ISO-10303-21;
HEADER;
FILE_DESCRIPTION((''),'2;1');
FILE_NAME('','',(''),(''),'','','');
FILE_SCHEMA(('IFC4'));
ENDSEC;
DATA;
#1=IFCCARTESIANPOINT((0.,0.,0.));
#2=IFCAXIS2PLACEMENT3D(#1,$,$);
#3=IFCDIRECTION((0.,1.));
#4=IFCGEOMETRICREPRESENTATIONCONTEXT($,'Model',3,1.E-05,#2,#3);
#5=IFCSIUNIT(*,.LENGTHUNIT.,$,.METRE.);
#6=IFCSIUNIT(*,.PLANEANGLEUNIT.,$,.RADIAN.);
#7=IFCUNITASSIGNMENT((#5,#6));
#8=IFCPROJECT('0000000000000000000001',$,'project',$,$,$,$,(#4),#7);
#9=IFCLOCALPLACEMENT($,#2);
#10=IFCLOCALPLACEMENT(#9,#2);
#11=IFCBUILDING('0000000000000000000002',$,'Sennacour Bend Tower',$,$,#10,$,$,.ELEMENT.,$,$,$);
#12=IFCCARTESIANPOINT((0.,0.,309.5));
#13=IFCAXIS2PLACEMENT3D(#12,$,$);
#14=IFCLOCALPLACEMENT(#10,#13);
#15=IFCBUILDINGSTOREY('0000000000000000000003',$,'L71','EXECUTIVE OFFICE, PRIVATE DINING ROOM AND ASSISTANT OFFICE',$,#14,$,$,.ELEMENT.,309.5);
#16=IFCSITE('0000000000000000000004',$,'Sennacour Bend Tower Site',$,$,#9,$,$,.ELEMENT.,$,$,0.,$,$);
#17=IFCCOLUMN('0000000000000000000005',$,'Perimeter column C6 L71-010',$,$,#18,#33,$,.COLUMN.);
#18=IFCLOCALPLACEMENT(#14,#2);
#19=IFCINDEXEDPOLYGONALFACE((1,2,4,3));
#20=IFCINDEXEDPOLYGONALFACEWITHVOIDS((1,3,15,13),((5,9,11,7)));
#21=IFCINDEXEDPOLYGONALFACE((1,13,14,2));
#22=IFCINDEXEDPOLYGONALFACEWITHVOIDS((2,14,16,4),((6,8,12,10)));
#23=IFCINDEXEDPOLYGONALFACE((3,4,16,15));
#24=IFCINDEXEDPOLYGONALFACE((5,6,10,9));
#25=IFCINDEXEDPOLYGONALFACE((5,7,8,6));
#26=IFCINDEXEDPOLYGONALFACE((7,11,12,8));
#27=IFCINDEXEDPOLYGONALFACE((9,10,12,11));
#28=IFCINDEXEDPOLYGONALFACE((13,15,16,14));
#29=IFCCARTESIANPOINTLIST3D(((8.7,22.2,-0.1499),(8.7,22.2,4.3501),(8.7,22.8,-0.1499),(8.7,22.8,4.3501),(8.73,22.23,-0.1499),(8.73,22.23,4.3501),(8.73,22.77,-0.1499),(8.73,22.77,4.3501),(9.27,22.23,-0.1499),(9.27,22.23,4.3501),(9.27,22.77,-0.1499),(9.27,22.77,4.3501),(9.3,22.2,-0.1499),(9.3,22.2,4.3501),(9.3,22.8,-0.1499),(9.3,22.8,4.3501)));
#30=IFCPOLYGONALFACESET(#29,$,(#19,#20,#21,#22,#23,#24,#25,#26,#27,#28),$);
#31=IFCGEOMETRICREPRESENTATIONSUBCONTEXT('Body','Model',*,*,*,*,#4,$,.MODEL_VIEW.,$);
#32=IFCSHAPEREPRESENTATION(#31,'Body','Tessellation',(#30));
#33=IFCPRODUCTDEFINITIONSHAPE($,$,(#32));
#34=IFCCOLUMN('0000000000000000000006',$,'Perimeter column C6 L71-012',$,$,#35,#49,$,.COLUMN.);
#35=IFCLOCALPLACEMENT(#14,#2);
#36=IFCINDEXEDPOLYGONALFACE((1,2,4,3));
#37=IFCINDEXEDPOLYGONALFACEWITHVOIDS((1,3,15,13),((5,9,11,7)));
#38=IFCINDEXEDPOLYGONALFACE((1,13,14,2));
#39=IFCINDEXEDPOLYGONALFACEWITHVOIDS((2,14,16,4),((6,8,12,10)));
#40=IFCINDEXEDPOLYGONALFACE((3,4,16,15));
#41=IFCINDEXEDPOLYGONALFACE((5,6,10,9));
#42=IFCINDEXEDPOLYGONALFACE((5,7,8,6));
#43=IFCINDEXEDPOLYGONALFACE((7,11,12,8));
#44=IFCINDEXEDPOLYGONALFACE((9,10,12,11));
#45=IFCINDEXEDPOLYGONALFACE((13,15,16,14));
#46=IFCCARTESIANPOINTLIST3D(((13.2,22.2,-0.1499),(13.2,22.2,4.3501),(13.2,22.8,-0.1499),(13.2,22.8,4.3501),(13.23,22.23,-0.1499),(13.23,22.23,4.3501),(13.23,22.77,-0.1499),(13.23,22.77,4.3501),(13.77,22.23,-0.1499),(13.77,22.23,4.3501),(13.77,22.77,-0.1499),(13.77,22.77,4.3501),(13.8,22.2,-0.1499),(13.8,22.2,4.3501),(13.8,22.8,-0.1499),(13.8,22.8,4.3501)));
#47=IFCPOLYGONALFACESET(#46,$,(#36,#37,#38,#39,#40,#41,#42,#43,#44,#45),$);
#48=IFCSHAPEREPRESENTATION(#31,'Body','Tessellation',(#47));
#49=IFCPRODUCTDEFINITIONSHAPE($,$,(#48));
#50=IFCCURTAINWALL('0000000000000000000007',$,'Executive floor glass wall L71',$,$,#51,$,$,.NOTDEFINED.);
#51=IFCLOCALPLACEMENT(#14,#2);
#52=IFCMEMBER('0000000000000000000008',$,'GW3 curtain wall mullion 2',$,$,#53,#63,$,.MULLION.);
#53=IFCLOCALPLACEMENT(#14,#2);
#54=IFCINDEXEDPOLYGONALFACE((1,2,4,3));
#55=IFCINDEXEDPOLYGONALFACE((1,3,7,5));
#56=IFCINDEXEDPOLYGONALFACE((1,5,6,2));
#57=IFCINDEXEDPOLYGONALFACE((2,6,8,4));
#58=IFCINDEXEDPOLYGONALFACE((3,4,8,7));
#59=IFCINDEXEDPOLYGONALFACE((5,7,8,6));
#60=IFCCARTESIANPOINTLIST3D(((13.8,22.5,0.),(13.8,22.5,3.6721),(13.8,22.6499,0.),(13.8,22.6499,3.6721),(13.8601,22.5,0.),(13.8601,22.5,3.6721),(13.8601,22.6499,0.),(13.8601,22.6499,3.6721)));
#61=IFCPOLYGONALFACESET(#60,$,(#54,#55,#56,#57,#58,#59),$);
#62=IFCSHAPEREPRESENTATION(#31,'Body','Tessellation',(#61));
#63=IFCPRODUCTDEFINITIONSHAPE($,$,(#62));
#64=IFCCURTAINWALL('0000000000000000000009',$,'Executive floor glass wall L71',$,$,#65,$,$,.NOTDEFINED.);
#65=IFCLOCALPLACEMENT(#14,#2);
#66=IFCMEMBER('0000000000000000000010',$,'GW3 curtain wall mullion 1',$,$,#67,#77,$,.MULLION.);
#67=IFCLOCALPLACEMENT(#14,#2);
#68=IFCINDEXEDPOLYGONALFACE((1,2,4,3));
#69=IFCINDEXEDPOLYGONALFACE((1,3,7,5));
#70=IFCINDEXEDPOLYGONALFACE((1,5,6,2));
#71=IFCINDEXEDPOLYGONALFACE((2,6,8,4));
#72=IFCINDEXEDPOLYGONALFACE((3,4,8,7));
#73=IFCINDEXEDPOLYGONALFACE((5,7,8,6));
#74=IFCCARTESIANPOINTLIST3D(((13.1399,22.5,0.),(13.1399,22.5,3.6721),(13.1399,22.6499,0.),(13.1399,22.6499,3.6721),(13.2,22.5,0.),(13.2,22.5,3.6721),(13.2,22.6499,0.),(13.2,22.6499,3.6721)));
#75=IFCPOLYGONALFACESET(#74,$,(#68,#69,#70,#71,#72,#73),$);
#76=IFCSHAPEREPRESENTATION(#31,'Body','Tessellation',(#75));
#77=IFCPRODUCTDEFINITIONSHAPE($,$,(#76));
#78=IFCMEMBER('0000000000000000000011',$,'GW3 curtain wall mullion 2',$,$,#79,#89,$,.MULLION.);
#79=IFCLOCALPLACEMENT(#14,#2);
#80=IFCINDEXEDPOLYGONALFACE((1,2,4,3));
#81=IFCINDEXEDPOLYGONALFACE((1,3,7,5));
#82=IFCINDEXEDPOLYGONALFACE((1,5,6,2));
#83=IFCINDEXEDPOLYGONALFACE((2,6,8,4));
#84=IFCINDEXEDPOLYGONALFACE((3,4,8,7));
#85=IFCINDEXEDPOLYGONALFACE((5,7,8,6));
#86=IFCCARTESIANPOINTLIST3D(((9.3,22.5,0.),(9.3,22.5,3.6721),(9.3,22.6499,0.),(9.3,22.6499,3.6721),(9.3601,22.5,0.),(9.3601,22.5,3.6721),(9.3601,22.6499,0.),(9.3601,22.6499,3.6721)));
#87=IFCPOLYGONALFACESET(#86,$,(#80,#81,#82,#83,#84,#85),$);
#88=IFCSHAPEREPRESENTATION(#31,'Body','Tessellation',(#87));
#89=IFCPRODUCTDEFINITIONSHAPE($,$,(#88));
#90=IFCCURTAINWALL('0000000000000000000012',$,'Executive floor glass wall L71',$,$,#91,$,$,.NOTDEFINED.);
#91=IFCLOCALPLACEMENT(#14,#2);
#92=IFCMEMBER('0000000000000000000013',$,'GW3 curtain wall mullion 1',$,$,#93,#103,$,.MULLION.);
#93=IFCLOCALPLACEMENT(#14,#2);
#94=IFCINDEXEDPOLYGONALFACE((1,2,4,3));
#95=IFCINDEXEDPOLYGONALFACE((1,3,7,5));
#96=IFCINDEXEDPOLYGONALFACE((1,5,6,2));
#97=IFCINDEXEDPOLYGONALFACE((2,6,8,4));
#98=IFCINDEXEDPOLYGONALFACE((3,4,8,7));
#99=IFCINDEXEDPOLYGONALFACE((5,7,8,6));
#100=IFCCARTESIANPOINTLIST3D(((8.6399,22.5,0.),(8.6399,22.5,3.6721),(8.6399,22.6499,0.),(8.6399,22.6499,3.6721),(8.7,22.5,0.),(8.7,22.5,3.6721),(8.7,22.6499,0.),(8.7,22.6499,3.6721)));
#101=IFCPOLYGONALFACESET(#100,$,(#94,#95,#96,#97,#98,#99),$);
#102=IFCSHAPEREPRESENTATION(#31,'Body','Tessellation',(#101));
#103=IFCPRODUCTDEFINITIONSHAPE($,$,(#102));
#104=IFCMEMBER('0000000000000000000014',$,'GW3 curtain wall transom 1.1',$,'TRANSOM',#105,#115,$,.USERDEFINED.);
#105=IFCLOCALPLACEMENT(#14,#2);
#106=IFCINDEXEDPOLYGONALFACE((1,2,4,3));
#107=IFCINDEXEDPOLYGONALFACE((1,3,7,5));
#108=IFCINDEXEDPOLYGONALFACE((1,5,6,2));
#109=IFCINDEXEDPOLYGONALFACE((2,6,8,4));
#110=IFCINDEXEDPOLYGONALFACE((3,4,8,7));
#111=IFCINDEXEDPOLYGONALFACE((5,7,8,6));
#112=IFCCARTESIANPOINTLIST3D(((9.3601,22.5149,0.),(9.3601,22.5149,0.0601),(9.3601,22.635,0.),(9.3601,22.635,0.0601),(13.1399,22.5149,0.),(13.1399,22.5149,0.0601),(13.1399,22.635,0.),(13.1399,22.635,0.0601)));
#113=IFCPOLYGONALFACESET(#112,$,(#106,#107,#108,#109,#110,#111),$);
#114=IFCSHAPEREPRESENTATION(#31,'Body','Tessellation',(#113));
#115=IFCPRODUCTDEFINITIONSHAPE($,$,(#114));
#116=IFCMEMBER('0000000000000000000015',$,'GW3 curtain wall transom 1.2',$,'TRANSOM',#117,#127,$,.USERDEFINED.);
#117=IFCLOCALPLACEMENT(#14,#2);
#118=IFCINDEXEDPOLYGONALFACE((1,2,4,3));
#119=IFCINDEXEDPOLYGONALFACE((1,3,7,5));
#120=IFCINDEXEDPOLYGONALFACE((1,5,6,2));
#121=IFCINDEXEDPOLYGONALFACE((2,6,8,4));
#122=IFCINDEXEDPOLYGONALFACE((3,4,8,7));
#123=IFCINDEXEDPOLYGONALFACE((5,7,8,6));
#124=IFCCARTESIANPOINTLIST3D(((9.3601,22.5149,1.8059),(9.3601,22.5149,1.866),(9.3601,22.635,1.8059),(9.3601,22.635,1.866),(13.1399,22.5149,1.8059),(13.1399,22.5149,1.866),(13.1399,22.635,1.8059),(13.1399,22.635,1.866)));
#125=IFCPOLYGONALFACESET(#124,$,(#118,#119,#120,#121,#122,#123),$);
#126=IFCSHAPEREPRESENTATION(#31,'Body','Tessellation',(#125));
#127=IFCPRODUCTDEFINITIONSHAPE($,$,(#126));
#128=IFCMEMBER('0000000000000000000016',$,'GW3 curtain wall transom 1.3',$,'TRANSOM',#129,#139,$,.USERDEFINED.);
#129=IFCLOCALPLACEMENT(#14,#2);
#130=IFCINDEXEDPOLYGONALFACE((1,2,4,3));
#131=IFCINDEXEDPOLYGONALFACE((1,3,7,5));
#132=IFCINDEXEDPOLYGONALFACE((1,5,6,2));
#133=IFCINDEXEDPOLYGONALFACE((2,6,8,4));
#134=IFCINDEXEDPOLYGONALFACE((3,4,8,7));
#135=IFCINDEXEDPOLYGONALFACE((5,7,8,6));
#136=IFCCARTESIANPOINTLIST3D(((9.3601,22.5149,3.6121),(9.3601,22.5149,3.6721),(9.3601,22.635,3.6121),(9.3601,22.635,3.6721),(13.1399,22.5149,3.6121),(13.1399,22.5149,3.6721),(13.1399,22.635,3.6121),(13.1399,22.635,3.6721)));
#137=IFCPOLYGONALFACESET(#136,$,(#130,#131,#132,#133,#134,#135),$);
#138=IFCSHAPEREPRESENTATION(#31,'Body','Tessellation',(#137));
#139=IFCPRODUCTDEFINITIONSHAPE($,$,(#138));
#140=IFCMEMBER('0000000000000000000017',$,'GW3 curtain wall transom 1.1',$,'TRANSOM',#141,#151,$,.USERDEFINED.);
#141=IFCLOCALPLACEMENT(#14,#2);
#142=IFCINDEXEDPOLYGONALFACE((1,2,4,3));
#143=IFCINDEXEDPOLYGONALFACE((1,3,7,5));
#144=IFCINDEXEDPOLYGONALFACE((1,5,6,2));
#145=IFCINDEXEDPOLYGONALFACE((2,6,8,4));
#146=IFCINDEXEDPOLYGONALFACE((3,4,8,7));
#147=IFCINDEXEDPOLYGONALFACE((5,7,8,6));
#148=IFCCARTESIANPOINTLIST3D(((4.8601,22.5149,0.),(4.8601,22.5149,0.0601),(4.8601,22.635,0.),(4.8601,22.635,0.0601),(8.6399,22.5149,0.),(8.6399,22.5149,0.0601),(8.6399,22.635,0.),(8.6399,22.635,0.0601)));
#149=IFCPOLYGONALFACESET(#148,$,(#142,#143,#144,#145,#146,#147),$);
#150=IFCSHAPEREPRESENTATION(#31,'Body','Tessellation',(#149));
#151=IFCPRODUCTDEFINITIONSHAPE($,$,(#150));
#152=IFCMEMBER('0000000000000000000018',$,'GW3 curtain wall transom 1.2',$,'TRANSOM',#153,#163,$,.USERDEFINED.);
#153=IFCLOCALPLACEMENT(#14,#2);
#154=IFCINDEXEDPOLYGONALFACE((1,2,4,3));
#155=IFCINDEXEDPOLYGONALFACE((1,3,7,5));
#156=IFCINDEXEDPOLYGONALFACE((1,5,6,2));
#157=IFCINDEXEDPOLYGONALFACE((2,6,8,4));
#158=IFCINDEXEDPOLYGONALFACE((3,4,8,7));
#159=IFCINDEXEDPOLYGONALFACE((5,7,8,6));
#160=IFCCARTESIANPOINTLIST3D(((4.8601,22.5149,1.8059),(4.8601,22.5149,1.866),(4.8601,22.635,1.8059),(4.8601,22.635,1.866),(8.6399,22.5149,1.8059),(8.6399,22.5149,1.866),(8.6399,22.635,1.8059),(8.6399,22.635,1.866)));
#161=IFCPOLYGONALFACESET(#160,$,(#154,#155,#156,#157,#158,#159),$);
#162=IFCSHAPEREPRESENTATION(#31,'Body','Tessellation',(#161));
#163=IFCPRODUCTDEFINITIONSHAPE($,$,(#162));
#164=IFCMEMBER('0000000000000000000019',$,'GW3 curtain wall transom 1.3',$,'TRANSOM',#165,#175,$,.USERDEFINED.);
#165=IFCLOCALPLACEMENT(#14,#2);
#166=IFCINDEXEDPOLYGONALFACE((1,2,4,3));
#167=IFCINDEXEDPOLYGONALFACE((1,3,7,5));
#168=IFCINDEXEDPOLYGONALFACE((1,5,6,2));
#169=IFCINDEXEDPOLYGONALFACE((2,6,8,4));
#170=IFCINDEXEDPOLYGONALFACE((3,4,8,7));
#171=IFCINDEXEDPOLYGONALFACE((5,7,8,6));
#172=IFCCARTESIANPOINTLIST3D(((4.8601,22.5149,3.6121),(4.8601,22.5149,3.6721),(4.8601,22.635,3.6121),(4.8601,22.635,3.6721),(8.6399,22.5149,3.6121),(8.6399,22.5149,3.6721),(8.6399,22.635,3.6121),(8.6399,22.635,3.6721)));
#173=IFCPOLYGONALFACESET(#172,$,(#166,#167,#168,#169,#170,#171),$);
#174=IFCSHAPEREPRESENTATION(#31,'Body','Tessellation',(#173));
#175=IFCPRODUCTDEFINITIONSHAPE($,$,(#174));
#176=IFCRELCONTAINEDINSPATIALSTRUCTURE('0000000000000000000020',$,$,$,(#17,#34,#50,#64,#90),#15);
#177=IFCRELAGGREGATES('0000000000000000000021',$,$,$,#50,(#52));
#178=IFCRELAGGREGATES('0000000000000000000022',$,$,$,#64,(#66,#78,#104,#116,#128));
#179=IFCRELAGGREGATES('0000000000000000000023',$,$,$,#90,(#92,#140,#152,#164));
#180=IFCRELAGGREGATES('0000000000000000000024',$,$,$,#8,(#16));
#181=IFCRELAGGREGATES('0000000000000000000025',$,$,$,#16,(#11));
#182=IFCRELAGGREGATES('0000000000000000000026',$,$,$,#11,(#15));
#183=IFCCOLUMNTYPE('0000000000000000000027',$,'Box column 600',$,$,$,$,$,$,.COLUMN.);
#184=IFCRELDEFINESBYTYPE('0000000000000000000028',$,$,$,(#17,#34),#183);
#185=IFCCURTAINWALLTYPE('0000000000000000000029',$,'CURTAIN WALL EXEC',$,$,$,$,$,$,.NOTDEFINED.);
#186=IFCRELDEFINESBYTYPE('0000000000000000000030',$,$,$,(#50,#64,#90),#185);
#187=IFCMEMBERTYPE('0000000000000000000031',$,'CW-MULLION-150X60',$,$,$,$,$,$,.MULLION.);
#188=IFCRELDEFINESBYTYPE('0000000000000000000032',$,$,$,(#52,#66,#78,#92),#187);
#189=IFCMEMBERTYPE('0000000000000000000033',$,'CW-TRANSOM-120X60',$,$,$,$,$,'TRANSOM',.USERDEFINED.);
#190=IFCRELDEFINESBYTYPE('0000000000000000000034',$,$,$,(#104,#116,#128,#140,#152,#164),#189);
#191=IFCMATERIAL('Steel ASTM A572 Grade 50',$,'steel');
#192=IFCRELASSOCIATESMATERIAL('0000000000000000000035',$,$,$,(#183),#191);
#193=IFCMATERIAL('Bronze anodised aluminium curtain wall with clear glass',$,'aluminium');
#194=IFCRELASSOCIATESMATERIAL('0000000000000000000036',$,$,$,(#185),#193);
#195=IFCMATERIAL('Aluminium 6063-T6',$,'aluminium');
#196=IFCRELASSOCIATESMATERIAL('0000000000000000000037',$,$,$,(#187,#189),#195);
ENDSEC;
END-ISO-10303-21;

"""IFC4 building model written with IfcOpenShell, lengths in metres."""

from ifc_helpers import new_model, si_unit, direction, frame, origin, origin_2d, place, context, subcontext, project, spatial, rectangle, hollow_rectangle, extrude, material, material_profile, profile_set, type_object, element, aggregate, save


model = new_model("IFC4")

# Units and contexts
model_context = context("Model", 3, precision=1e-05, world=origin(), true_north=direction((0.0, 1.0)))
body_context = subcontext(model_context, "Body", "Model", "MODEL_VIEW")
ifc_project = project(units=[si_unit("LENGTHUNIT", "METRE"), si_unit("PLANEANGLEUNIT", "RADIAN")], contexts=[model_context])

# Site, building, storey
site_placement = place(None, origin())
site = spatial("IfcSite", under=ifc_project, at=site_placement, Name="Sennacour Bend Tower Site", CompositionType="ELEMENT", RefElevation=0.0)
building_placement = place(site_placement, origin())
building = spatial("IfcBuilding", under=site, at=building_placement, Name="Sennacour Bend Tower", CompositionType="ELEMENT")
storey_placement = place(building_placement, frame((0.0, 0.0, 309.5)))
storey = spatial("IfcBuildingStorey", under=building, at=storey_placement, Name="L71", Description="EXECUTIVE OFFICE, PRIVATE DINING ROOM AND ASSISTANT OFFICE", CompositionType="ELEMENT", Elevation=309.5)

# Columns
ifc_material_1 = material(Name="Steel ASTM A572 Grade 50", Category="steel")
ifc_material_profile_1 = material_profile(ifc_material_1, hollow_rectangle(XDim=0.6001, YDim=0.6001, WallThickness=0.03, at=origin_2d()), Name="Steel ASTM A572 Grade 50", Category="steel")
ifc_profile_set_1 = profile_set([ifc_material_profile_1], Name="Steel ASTM A572 Grade 50")
column_type = type_object("IfcColumnType", Name="Box column 600", PredefinedType="COLUMN", material=ifc_profile_set_1)
for number, where, z_axis, x_axis, name in (
    (1, (9.0, 22.5, -0.1499), (0.0, 0.0, 1.0), (1.0, 0.0, 0.0), "Perimeter column C6 L71-010"),
    (2, (13.5, 22.5, -0.1499), (0.0, 0.0, 1.0), (1.0, 0.0, 0.0), "Perimeter column C6 L71-012"),
):
    element("IfcColumn", number, at=place(storey_placement, frame(where, z_axis=z_axis, x_axis=x_axis)), inside=storey, type_object=column_type, Name=name, PredefinedType="COLUMN", context=body_context, shape_type="SweptSolid", body=[
        extrude(hollow_rectangle(XDim=0.6001, YDim=0.6001, WallThickness=0.03, at=origin_2d()), origin(), (0.0, 0.0, 1.0), 4.5),
    ])

# Curtain wall, member
ifc_material_2 = material(Name="Bronze anodised aluminium curtain wall with clear glass", Category="aluminium")
curtain_wall_type = type_object("IfcCurtainWallType", Name="CURTAIN WALL EXEC", PredefinedType="NOTDEFINED", material=ifc_material_2)
curtain_wall_1_placement = place(storey_placement, origin())
curtain_wall_1 = element("IfcCurtainWall", 3, at=curtain_wall_1_placement, inside=storey, type_object=curtain_wall_type, Name="Executive floor glass wall L71", PredefinedType="NOTDEFINED")
ifc_material_3 = material(Name="Aluminium 6063-T6", Category="aluminium")
ifc_material_profile_2 = material_profile(ifc_material_3, rectangle(XDim=0.1499, YDim=0.0601, at=origin_2d()), Name="Aluminium 6063-T6", Category="aluminium")
ifc_profile_set_2 = profile_set([ifc_material_profile_2], Name="Aluminium 6063-T6")
member_type_1 = type_object("IfcMemberType", Name="CW-MULLION-150X60", PredefinedType="MULLION", material=ifc_profile_set_2)
member_1_placement = place(storey_placement, frame((13.8301, 22.575, 0.0), z_axis=(0.0, 0.0, 1.0), x_axis=(0.0, -1.0, 0.0)))
member_1 = element("IfcMember", 4, at=member_1_placement, type_object=member_type_1, Name="GW3 curtain wall mullion 2", PredefinedType="MULLION", context=body_context, shape_type="SweptSolid", body=[
    extrude(rectangle(XDim=0.1499, YDim=0.0601, at=origin_2d()), origin(), (0.0, 0.0, 1.0), 3.6721),
])

# Curtain wall, members
curtain_wall_2_placement = place(storey_placement, origin())
curtain_wall_2 = element("IfcCurtainWall", 5, at=curtain_wall_2_placement, inside=storey, type_object=curtain_wall_type, Name="Executive floor glass wall L71", PredefinedType="NOTDEFINED")
member_2_placement = place(storey_placement, frame((13.1699, 22.575, 0.0), z_axis=(0.0, 0.0, 1.0), x_axis=(0.0, -1.0, 0.0)))
member_2 = element("IfcMember", 6, at=member_2_placement, type_object=member_type_1, Name="GW3 curtain wall mullion 1", PredefinedType="MULLION", context=body_context, shape_type="SweptSolid", body=[
    extrude(rectangle(XDim=0.1499, YDim=0.0601, at=origin_2d()), origin(), (0.0, 0.0, 1.0), 3.6721),
])
member_3_placement = place(storey_placement, frame((9.3301, 22.575, 0.0), z_axis=(0.0, 0.0, 1.0), x_axis=(0.0, -1.0, 0.0)))
member_3 = element("IfcMember", 7, at=member_3_placement, type_object=member_type_1, Name="GW3 curtain wall mullion 2", PredefinedType="MULLION", context=body_context, shape_type="SweptSolid", body=[
    extrude(rectangle(XDim=0.1499, YDim=0.0601, at=origin_2d()), origin(), (0.0, 0.0, 1.0), 3.6721),
])

# Curtain wall, member
curtain_wall_3_placement = place(storey_placement, origin())
curtain_wall_3 = element("IfcCurtainWall", 8, at=curtain_wall_3_placement, inside=storey, type_object=curtain_wall_type, Name="Executive floor glass wall L71", PredefinedType="NOTDEFINED")
member_4_placement = place(storey_placement, frame((8.6699, 22.575, 0.0), z_axis=(0.0, 0.0, 1.0), x_axis=(0.0, -1.0, 0.0)))
member_4 = element("IfcMember", 9, at=member_4_placement, type_object=member_type_1, Name="GW3 curtain wall mullion 1", PredefinedType="MULLION", context=body_context, shape_type="SweptSolid", body=[
    extrude(rectangle(XDim=0.1499, YDim=0.0601, at=origin_2d()), origin(), (0.0, 0.0, 1.0), 3.6721),
])

# Members
ifc_material_profile_3 = material_profile(ifc_material_3, rectangle(XDim=0.1201, YDim=0.0601, at=origin_2d()), Name="Aluminium 6063-T6", Category="aluminium")
ifc_profile_set_3 = profile_set([ifc_material_profile_3], Name="Aluminium 6063-T6")
member_type_2 = type_object("IfcMemberType", Name="CW-TRANSOM-120X60", ElementType="TRANSOM", PredefinedType="USERDEFINED", material=ifc_profile_set_3)
member_5_placement = place(storey_placement, frame((13.1399, 22.575, 0.03), z_axis=(-1.0, 0.0, 0.0), x_axis=(0.0, -1.0, 0.0)))
member_5 = element("IfcMember", 10, at=member_5_placement, type_object=member_type_2, Name="GW3 curtain wall transom 1.1", ObjectType="TRANSOM", PredefinedType="USERDEFINED", context=body_context, shape_type="SweptSolid", body=[
    extrude(rectangle(XDim=0.1201, YDim=0.0601, at=origin_2d()), origin(), (0.0, 0.0, 1.0), 3.7798),
])
member_6_placement = place(storey_placement, frame((13.1399, 22.575, 1.8359), z_axis=(-1.0, 0.0, 0.0), x_axis=(0.0, -1.0, 0.0)))
member_6 = element("IfcMember", 11, at=member_6_placement, type_object=member_type_2, Name="GW3 curtain wall transom 1.2", ObjectType="TRANSOM", PredefinedType="USERDEFINED", context=body_context, shape_type="SweptSolid", body=[
    extrude(rectangle(XDim=0.1201, YDim=0.0601, at=origin_2d()), origin(), (0.0, 0.0, 1.0), 3.7798),
])
member_7_placement = place(storey_placement, frame((13.1399, 22.575, 3.6421), z_axis=(-1.0, 0.0, 0.0), x_axis=(0.0, -1.0, 0.0)))
member_7 = element("IfcMember", 12, at=member_7_placement, type_object=member_type_2, Name="GW3 curtain wall transom 1.3", ObjectType="TRANSOM", PredefinedType="USERDEFINED", context=body_context, shape_type="SweptSolid", body=[
    extrude(rectangle(XDim=0.1201, YDim=0.0601, at=origin_2d()), origin(), (0.0, 0.0, 1.0), 3.7798),
])
member_8_placement = place(storey_placement, frame((8.6399, 22.575, 0.03), z_axis=(-1.0, 0.0, 0.0), x_axis=(0.0, -1.0, 0.0)))
member_8 = element("IfcMember", 13, at=member_8_placement, type_object=member_type_2, Name="GW3 curtain wall transom 1.1", ObjectType="TRANSOM", PredefinedType="USERDEFINED", context=body_context, shape_type="SweptSolid", body=[
    extrude(rectangle(XDim=0.1201, YDim=0.0601, at=origin_2d()), origin(), (0.0, 0.0, 1.0), 3.7798),
])
member_9_placement = place(storey_placement, frame((8.6399, 22.575, 1.8359), z_axis=(-1.0, 0.0, 0.0), x_axis=(0.0, -1.0, 0.0)))
member_9 = element("IfcMember", 14, at=member_9_placement, type_object=member_type_2, Name="GW3 curtain wall transom 1.2", ObjectType="TRANSOM", PredefinedType="USERDEFINED", context=body_context, shape_type="SweptSolid", body=[
    extrude(rectangle(XDim=0.1201, YDim=0.0601, at=origin_2d()), origin(), (0.0, 0.0, 1.0), 3.7798),
])
member_10_placement = place(storey_placement, frame((8.6399, 22.575, 3.6421), z_axis=(-1.0, 0.0, 0.0), x_axis=(0.0, -1.0, 0.0)))
member_10 = element("IfcMember", 15, at=member_10_placement, type_object=member_type_2, Name="GW3 curtain wall transom 1.3", ObjectType="TRANSOM", PredefinedType="USERDEFINED", context=body_context, shape_type="SweptSolid", body=[
    extrude(rectangle(XDim=0.1201, YDim=0.0601, at=origin_2d()), origin(), (0.0, 0.0, 1.0), 3.7798),
])

aggregate(curtain_wall_1, [member_1])
aggregate(curtain_wall_2, [member_2, member_3, member_5, member_6, member_7])
aggregate(curtain_wall_3, [member_4, member_8, member_9, member_10])

save(model, "model.ifc")
